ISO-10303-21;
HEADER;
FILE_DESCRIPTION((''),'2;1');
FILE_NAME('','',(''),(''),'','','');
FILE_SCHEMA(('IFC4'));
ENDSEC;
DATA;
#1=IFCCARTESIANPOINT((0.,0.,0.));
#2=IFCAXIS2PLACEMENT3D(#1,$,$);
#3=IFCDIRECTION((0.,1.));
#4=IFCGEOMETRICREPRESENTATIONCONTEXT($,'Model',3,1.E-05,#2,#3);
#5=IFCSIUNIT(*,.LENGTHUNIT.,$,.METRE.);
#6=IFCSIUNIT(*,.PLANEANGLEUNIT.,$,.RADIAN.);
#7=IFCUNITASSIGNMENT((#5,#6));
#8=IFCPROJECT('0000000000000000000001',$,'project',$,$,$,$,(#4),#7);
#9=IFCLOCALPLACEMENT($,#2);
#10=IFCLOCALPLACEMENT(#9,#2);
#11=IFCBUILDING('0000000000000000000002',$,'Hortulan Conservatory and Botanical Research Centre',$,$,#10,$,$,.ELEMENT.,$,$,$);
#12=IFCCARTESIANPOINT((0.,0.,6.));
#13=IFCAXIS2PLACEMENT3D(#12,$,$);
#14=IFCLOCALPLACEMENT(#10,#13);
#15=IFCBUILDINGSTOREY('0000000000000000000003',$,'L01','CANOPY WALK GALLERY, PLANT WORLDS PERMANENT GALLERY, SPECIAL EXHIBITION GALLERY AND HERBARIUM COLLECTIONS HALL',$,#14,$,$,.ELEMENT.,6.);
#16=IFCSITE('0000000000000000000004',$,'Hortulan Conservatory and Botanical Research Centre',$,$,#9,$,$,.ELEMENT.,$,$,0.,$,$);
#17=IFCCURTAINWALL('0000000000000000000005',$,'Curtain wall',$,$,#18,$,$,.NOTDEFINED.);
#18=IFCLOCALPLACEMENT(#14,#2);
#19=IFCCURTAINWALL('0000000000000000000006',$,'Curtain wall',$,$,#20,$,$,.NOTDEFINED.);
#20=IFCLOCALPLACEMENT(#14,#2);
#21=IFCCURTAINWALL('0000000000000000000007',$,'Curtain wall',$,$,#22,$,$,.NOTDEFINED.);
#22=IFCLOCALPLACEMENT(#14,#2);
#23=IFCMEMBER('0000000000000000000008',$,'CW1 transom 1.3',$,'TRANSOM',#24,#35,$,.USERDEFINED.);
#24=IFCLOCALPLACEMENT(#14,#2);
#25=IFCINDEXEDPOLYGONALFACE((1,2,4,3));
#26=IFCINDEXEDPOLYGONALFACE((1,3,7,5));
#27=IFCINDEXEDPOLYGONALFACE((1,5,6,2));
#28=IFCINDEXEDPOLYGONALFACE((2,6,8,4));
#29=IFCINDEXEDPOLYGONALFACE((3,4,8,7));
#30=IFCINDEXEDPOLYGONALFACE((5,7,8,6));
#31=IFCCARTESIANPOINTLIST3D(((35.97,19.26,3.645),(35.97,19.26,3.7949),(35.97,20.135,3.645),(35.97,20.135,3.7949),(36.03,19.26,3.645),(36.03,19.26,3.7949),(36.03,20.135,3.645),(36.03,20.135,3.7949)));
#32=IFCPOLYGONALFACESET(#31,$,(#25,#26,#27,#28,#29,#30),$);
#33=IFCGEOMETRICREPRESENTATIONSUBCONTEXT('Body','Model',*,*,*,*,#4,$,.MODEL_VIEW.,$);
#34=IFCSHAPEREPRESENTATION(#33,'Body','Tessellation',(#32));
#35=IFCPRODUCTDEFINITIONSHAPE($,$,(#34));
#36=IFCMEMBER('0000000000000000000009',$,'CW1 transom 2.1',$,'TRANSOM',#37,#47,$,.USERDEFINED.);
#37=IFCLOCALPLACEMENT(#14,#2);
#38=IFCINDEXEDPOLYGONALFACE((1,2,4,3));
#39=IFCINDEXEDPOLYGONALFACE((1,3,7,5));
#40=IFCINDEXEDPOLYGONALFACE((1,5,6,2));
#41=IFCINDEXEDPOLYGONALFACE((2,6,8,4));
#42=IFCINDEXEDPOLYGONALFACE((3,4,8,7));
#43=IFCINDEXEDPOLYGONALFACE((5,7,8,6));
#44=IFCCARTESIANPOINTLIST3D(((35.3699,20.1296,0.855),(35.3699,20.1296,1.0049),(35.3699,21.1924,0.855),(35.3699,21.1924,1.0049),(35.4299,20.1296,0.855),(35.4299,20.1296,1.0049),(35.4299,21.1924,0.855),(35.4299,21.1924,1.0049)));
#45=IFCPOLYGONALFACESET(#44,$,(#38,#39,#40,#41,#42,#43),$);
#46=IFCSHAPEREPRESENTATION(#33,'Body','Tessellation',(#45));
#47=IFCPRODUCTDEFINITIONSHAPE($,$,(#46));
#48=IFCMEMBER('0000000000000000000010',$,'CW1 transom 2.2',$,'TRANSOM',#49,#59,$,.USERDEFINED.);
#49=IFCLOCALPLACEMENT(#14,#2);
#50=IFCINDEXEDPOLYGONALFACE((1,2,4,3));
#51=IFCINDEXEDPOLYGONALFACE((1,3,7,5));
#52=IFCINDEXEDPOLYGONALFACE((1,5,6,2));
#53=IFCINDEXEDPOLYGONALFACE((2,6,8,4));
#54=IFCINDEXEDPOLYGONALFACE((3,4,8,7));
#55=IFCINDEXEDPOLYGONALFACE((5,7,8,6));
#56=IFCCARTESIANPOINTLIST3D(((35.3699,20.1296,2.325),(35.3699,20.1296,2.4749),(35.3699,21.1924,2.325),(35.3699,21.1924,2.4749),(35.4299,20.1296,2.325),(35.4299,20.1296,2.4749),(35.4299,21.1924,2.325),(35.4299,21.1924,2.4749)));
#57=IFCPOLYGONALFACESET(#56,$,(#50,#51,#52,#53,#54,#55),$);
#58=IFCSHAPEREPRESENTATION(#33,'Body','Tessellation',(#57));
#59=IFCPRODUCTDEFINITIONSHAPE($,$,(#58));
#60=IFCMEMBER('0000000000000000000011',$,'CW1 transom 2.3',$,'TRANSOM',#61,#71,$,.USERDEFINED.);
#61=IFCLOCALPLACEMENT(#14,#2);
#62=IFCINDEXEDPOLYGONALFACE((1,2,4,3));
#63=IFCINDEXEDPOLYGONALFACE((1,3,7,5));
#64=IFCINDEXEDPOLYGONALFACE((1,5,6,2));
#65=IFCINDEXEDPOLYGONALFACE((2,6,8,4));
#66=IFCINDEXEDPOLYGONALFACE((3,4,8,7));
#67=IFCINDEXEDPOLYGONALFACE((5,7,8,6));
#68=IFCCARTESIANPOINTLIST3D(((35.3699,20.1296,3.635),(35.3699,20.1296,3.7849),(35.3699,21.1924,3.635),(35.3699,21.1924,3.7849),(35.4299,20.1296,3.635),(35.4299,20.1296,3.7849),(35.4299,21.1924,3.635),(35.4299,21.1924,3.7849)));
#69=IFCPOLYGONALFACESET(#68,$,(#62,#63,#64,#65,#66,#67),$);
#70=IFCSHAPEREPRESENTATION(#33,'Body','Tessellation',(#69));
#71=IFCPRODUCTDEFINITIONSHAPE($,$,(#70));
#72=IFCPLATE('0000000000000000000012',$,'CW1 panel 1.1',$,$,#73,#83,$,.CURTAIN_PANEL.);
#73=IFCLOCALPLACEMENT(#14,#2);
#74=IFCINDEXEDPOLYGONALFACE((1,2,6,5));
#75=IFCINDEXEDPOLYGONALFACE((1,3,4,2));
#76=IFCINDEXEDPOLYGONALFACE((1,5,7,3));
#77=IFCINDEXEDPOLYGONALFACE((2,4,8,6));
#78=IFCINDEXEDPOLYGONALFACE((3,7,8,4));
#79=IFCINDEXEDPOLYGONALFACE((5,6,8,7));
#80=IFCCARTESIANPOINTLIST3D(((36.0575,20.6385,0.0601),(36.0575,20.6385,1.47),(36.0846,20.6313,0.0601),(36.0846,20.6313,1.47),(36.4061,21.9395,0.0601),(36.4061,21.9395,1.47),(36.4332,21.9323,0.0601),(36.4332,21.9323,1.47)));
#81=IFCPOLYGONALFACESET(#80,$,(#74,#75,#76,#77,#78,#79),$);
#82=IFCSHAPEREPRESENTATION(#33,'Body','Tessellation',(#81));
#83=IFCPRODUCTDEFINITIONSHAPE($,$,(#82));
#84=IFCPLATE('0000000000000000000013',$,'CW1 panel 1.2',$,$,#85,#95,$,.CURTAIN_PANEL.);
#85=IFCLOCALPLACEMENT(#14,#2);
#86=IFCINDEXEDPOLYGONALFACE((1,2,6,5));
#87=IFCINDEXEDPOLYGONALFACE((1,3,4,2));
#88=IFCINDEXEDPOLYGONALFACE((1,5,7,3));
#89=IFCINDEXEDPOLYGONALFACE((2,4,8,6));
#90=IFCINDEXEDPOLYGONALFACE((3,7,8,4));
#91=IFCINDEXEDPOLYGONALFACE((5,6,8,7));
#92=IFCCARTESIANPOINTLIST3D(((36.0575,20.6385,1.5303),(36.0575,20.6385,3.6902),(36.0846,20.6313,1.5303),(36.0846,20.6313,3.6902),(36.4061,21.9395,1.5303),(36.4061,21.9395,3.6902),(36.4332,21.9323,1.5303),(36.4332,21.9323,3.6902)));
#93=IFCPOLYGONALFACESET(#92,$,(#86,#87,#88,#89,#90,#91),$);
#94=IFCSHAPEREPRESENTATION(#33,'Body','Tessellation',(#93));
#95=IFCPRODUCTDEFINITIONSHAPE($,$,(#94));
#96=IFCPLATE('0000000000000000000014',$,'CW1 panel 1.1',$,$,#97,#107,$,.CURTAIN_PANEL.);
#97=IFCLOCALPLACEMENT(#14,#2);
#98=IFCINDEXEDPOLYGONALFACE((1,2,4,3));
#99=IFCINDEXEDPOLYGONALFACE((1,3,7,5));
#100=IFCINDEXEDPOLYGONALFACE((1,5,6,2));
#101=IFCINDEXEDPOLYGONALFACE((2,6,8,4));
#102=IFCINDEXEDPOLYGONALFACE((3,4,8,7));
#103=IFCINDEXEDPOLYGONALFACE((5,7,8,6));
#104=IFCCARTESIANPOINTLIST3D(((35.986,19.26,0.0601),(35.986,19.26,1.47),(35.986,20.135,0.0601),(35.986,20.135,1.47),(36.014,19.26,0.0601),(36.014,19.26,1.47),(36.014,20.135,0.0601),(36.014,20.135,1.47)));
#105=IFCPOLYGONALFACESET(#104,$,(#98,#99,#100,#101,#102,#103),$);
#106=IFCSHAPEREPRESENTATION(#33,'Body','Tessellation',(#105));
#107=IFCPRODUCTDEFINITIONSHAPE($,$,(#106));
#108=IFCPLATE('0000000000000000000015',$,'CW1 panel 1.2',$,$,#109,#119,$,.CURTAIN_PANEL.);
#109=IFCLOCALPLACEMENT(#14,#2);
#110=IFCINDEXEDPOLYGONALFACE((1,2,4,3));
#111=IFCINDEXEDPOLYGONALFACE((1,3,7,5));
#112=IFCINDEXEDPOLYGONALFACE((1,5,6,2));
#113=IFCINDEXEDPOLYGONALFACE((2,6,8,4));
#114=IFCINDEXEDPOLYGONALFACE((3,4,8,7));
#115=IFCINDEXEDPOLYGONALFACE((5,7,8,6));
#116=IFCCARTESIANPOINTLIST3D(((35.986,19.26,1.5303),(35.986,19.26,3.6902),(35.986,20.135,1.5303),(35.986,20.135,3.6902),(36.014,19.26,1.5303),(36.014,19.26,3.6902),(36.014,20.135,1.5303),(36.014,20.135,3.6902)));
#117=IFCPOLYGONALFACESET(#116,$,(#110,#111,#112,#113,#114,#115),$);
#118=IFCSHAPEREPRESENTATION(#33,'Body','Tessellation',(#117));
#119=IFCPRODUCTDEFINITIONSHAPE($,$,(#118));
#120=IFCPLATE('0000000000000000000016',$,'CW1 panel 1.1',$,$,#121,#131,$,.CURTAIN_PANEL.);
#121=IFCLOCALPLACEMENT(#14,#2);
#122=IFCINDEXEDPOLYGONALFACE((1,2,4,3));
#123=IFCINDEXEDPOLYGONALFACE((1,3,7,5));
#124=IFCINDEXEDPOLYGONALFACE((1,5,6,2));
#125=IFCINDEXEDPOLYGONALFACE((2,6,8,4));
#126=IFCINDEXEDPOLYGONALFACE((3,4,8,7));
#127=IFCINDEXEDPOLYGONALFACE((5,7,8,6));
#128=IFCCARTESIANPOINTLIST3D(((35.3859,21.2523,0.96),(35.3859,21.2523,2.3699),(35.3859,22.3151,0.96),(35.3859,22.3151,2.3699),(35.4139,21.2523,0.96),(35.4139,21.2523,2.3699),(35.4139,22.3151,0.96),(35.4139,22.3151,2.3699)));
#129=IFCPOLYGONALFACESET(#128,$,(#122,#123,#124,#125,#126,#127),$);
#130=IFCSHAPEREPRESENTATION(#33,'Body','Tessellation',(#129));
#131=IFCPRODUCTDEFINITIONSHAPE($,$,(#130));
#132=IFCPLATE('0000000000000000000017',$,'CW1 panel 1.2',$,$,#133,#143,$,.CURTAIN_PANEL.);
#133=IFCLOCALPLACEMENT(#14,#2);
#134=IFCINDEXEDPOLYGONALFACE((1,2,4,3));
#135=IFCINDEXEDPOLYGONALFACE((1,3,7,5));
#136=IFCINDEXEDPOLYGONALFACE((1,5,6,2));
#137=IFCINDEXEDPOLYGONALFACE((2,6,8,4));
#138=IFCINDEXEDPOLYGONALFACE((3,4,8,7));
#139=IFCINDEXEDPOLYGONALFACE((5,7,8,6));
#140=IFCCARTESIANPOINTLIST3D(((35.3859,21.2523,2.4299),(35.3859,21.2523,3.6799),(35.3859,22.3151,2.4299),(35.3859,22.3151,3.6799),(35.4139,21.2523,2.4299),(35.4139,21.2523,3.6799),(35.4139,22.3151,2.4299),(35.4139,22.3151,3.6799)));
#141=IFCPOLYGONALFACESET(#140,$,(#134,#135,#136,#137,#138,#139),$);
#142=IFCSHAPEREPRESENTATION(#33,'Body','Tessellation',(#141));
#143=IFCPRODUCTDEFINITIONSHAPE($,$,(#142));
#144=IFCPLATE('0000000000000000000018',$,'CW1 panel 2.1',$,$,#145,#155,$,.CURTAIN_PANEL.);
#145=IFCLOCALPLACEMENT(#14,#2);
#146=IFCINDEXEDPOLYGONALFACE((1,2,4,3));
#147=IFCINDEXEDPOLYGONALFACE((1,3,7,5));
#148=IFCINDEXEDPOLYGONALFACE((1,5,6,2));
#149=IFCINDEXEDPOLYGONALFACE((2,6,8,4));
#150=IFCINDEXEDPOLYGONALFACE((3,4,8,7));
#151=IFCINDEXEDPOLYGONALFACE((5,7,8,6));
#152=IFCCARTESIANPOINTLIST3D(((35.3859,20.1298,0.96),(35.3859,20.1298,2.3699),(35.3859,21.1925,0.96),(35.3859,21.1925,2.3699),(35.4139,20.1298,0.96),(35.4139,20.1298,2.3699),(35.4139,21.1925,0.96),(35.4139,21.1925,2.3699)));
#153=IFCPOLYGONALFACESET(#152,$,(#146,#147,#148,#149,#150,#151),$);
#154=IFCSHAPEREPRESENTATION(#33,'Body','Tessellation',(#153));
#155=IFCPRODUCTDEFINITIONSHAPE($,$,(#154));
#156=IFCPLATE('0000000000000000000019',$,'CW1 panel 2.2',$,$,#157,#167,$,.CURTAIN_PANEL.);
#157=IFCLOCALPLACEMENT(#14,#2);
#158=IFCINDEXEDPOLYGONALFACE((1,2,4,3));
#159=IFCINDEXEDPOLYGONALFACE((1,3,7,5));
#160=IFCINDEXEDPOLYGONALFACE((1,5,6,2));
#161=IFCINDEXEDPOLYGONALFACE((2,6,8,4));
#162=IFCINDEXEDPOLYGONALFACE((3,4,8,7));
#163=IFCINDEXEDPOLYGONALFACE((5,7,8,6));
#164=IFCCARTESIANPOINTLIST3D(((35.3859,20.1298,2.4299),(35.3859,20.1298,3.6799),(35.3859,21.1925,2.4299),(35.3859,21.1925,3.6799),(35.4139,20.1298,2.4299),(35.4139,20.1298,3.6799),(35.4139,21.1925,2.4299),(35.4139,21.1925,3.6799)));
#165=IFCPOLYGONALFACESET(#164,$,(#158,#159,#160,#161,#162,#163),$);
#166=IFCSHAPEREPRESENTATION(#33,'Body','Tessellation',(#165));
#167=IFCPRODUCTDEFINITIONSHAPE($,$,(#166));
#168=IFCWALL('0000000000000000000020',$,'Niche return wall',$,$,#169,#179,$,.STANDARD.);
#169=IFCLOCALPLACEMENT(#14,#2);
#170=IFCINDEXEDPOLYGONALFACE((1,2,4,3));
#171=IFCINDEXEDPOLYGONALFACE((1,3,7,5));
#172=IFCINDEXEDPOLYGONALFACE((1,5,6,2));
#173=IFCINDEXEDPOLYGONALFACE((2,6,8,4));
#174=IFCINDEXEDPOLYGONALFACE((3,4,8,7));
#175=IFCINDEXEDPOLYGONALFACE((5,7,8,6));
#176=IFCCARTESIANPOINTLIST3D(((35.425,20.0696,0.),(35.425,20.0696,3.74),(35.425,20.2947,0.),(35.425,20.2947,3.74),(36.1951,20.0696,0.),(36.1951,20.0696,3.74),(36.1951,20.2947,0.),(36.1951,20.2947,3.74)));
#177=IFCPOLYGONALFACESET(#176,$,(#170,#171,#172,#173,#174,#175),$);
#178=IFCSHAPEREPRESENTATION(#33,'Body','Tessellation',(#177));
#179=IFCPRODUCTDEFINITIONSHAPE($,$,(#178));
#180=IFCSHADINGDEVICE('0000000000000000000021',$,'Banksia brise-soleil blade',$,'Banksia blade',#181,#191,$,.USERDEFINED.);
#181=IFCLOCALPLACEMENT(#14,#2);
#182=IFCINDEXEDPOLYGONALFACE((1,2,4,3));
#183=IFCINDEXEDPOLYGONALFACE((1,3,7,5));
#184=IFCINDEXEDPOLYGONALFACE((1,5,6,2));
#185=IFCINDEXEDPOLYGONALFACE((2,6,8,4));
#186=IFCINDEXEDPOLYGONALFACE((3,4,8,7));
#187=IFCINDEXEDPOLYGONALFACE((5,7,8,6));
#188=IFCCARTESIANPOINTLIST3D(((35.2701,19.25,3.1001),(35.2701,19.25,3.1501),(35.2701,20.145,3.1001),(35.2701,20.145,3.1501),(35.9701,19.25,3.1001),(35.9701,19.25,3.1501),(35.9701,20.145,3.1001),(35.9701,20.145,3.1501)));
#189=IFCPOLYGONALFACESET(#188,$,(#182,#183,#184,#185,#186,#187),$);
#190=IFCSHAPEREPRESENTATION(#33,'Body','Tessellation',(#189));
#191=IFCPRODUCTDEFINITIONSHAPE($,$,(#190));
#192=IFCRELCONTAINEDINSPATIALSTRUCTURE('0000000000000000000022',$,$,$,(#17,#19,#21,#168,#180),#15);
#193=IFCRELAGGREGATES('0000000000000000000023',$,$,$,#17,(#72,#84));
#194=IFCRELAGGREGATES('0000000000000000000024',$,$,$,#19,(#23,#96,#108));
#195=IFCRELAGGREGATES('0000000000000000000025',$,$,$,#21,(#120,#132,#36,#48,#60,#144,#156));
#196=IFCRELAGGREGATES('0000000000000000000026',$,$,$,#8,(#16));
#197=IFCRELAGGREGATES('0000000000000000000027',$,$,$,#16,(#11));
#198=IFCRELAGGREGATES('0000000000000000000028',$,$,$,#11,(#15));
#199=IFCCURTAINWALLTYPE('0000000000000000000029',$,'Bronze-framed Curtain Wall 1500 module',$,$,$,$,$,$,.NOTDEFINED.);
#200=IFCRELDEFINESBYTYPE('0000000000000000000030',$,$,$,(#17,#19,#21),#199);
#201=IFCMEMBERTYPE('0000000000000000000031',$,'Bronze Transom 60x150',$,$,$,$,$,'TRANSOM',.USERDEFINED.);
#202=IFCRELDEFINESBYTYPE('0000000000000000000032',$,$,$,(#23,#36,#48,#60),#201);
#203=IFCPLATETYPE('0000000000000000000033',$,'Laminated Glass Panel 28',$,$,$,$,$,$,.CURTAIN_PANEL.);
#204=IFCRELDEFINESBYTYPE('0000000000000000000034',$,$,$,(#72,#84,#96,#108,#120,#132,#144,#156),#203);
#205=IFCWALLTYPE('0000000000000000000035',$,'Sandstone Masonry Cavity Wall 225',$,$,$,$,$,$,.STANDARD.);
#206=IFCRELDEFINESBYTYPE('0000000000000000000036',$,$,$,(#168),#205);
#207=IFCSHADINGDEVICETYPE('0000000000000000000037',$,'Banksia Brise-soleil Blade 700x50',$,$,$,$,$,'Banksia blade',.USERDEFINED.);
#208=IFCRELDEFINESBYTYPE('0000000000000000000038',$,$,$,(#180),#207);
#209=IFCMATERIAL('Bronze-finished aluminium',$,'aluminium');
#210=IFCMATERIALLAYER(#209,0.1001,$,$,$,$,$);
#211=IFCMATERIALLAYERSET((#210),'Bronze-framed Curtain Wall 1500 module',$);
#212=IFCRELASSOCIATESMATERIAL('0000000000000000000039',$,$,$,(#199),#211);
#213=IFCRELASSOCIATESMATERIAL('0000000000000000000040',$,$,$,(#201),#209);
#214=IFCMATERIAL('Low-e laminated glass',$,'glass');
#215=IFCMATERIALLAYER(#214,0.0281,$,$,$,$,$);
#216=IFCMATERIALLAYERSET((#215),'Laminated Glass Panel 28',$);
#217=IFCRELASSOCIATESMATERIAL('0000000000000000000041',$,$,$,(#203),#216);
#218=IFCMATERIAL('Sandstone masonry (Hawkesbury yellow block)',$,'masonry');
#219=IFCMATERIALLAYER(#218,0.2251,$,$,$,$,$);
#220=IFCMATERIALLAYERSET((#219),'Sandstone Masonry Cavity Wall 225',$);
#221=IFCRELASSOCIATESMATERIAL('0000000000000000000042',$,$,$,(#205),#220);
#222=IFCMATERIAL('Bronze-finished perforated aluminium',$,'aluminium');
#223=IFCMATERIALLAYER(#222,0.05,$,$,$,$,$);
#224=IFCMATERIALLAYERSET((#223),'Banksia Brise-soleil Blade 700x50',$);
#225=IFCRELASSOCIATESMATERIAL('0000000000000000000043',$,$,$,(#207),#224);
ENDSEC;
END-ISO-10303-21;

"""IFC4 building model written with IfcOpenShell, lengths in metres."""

from ifc_helpers import new_model, si_unit, direction, frame, frame_2d, origin, origin_2d, place, context, subcontext, project, spatial, rectangle, extrude, material, layer, layer_set, material_profile, profile_set, type_object, element, aggregate, save


model = new_model("IFC4")

# Units and contexts
model_context = context("Model", 3, precision=1e-05, world=origin(), true_north=direction((0.0, 1.0)))
body_context = subcontext(model_context, "Body", "Model", "MODEL_VIEW")
ifc_project = project(units=[si_unit("LENGTHUNIT", "METRE"), si_unit("PLANEANGLEUNIT", "RADIAN")], contexts=[model_context])

# Site, building, storey
site_placement = place(None, origin())
site = spatial("IfcSite", under=ifc_project, at=site_placement, Name="Hortulan Conservatory and Botanical Research Centre", CompositionType="ELEMENT", RefElevation=0.0)
building_placement = place(site_placement, origin())
building = spatial("IfcBuilding", under=site, at=building_placement, Name="Hortulan Conservatory and Botanical Research Centre", CompositionType="ELEMENT")
storey_placement = place(building_placement, frame((0.0, 0.0, 6.0)))
storey = spatial("IfcBuildingStorey", under=building, at=storey_placement, Name="L01", Description="CANOPY WALK GALLERY, PLANT WORLDS PERMANENT GALLERY, SPECIAL EXHIBITION GALLERY AND HERBARIUM COLLECTIONS HALL", CompositionType="ELEMENT", Elevation=6.0)

# Curtain wall
ifc_material_1 = material(Name="Bronze-finished aluminium", Category="aluminium")
ifc_layer_1 = layer(ifc_material_1, 0.1001)
ifc_layer_set_1 = layer_set([ifc_layer_1], Name="Bronze-framed Curtain Wall 1500 module")
curtain_wall_type = type_object("IfcCurtainWallType", Name="Bronze-framed Curtain Wall 1500 module", PredefinedType="NOTDEFINED", material=ifc_layer_set_1)
curtain_wall_1_placement = place(storey_placement, origin())
curtain_wall_1 = element("IfcCurtainWall", 1, at=curtain_wall_1_placement, inside=storey, type_object=curtain_wall_type, Name="Curtain wall", PredefinedType="NOTDEFINED")

# Curtain wall
curtain_wall_2_placement = place(storey_placement, origin())
curtain_wall_2 = element("IfcCurtainWall", 2, at=curtain_wall_2_placement, inside=storey, type_object=curtain_wall_type, Name="Curtain wall", PredefinedType="NOTDEFINED")

# Curtain wall
curtain_wall_3_placement = place(storey_placement, origin())
curtain_wall_3 = element("IfcCurtainWall", 3, at=curtain_wall_3_placement, inside=storey, type_object=curtain_wall_type, Name="Curtain wall", PredefinedType="NOTDEFINED")

# Members
ifc_material_profile_1 = material_profile(ifc_material_1, rectangle(XDim=0.0601, YDim=0.1499, at=origin_2d()), Name="Bronze Transom 60x150")
ifc_profile_set_1 = profile_set([ifc_material_profile_1], Name="Bronze-finished aluminium")
member_type_1 = type_object("IfcMemberType", Name="Bronze Transom 60x150", ElementType="TRANSOM", PredefinedType="USERDEFINED", material=ifc_profile_set_1)
member_1_placement = place(storey_placement, frame((36.0, 19.26, 3.72), z_axis=(0.0, 1.0, 0.0), x_axis=(-1.0, 0.0, 0.0)))
member_1 = element("IfcMember", 4, at=member_1_placement, type_object=member_type_1, Name="CW1 transom 1.3", ObjectType="TRANSOM", PredefinedType="USERDEFINED", context=body_context, shape_type="SweptSolid", body=[
    extrude(rectangle(XDim=0.0601, YDim=0.1499, at=origin_2d()), origin(), (0.0, 0.0, 1.0), 0.875),
])
member_2_placement = place(storey_placement, frame((35.3999, 21.1924, 0.9299), z_axis=(0.0, -1.0, 0.0), x_axis=(1.0, 0.0, 0.0)))
member_2 = element("IfcMember", 5, at=member_2_placement, type_object=member_type_1, Name="CW1 transom 2.1", ObjectType="TRANSOM", PredefinedType="USERDEFINED", context=body_context, shape_type="SweptSolid", body=[
    extrude(rectangle(XDim=0.0601, YDim=0.1499, at=origin_2d()), origin(), (0.0, 0.0, 1.0), 1.0627),
])
member_3_placement = place(storey_placement, frame((35.3999, 21.1924, 2.3999), z_axis=(0.0, -1.0, 0.0), x_axis=(1.0, 0.0, 0.0)))
member_3 = element("IfcMember", 6, at=member_3_placement, type_object=member_type_1, Name="CW1 transom 2.2", ObjectType="TRANSOM", PredefinedType="USERDEFINED", context=body_context, shape_type="SweptSolid", body=[
    extrude(rectangle(XDim=0.0601, YDim=0.1499, at=origin_2d()), origin(), (0.0, 0.0, 1.0), 1.0627),
])
member_4_placement = place(storey_placement, frame((35.3999, 21.1924, 3.71), z_axis=(0.0, -1.0, 0.0), x_axis=(1.0, 0.0, 0.0)))
member_4 = element("IfcMember", 7, at=member_4_placement, type_object=member_type_1, Name="CW1 transom 2.3", ObjectType="TRANSOM", PredefinedType="USERDEFINED", context=body_context, shape_type="SweptSolid", body=[
    extrude(rectangle(XDim=0.0601, YDim=0.1499, at=origin_2d()), origin(), (0.0, 0.0, 1.0), 1.0627),
])

# Plates
ifc_material_2 = material(Name="Low-e laminated glass", Category="glass")
ifc_layer_2 = layer(ifc_material_2, 0.0281)
ifc_layer_set_2 = layer_set([ifc_layer_2], Name="Laminated Glass Panel 28")
plate_type = type_object("IfcPlateType", Name="Laminated Glass Panel 28", PredefinedType="CURTAIN_PANEL", material=ifc_layer_set_2)
plate_1_placement = place(storey_placement, frame((36.2454, 21.2854, 0.0601), z_axis=(0.0, 0.0, 1.0), x_axis=(0.258832, 0.965922, 0.0)))
plate_1 = element("IfcPlate", 8, at=plate_1_placement, type_object=plate_type, Name="CW1 panel 1.1", PredefinedType="CURTAIN_PANEL", context=body_context, shape_type="SweptSolid", body=[
    extrude(rectangle(XDim=1.3469, YDim=0.0281, at=origin_2d()), origin(), (0.0, 0.0, 1.0), 1.4099),
])
plate_2_placement = place(storey_placement, frame((36.2454, 21.2854, 1.5303), z_axis=(0.0, 0.0, 1.0), x_axis=(0.258832, 0.965922, 0.0)))
plate_2 = element("IfcPlate", 9, at=plate_2_placement, type_object=plate_type, Name="CW1 panel 1.2", PredefinedType="CURTAIN_PANEL", context=body_context, shape_type="SweptSolid", body=[
    extrude(rectangle(XDim=1.3469, YDim=0.0281, at=origin_2d()), origin(), (0.0, 0.0, 1.0), 2.1599),
])
aggregate(curtain_wall_1, [plate_1, plate_2])
plate_3_placement = place(storey_placement, frame((36.0, 19.6975, 0.0601), z_axis=(0.0, 0.0, 1.0), x_axis=(0.0, 1.0, 0.0)))
plate_3 = element("IfcPlate", 10, at=plate_3_placement, type_object=plate_type, Name="CW1 panel 1.1", PredefinedType="CURTAIN_PANEL", context=body_context, shape_type="SweptSolid", body=[
    extrude(rectangle(XDim=0.875, YDim=0.0281, at=origin_2d()), origin(), (0.0, 0.0, 1.0), 1.4099),
])
plate_4_placement = place(storey_placement, frame((36.0, 19.6975, 1.5303), z_axis=(0.0, 0.0, 1.0), x_axis=(0.0, 1.0, 0.0)))
plate_4 = element("IfcPlate", 11, at=plate_4_placement, type_object=plate_type, Name="CW1 panel 1.2", PredefinedType="CURTAIN_PANEL", context=body_context, shape_type="SweptSolid", body=[
    extrude(rectangle(XDim=0.875, YDim=0.0281, at=origin_2d()), origin(), (0.0, 0.0, 1.0), 2.1599),
])
aggregate(curtain_wall_2, [member_1, plate_3, plate_4])
plate_5_placement = place(storey_placement, frame((35.3999, 21.7837, 0.96), z_axis=(0.0, 0.0, 1.0), x_axis=(0.0, -1.0, 0.0)))
plate_5 = element("IfcPlate", 12, at=plate_5_placement, type_object=plate_type, Name="CW1 panel 1.1", PredefinedType="CURTAIN_PANEL", context=body_context, shape_type="SweptSolid", body=[
    extrude(rectangle(XDim=1.0627, YDim=0.0281, at=origin_2d()), origin(), (0.0, 0.0, 1.0), 1.4099),
])
plate_6_placement = place(storey_placement, frame((35.3999, 21.7837, 2.4299), z_axis=(0.0, 0.0, 1.0), x_axis=(0.0, -1.0, 0.0)))
plate_6 = element("IfcPlate", 13, at=plate_6_placement, type_object=plate_type, Name="CW1 panel 1.2", PredefinedType="CURTAIN_PANEL", context=body_context, shape_type="SweptSolid", body=[
    extrude(rectangle(XDim=1.0627, YDim=0.0281, at=origin_2d()), origin(), (0.0, 0.0, 1.0), 1.25),
])
plate_7_placement = place(storey_placement, frame((35.3999, 20.6611, 0.96), z_axis=(0.0, 0.0, 1.0), x_axis=(0.0, -1.0, 0.0)))
plate_7 = element("IfcPlate", 14, at=plate_7_placement, type_object=plate_type, Name="CW1 panel 2.1", PredefinedType="CURTAIN_PANEL", context=body_context, shape_type="SweptSolid", body=[
    extrude(rectangle(XDim=1.0627, YDim=0.0281, at=origin_2d()), origin(), (0.0, 0.0, 1.0), 1.4099),
])
plate_8_placement = place(storey_placement, frame((35.3999, 20.6611, 2.4299), z_axis=(0.0, 0.0, 1.0), x_axis=(0.0, -1.0, 0.0)))
plate_8 = element("IfcPlate", 15, at=plate_8_placement, type_object=plate_type, Name="CW1 panel 2.2", PredefinedType="CURTAIN_PANEL", context=body_context, shape_type="SweptSolid", body=[
    extrude(rectangle(XDim=1.0627, YDim=0.0281, at=origin_2d()), origin(), (0.0, 0.0, 1.0), 1.25),
])
aggregate(curtain_wall_3, [plate_5, plate_6, member_2, member_3, member_4, plate_7, plate_8])

# Wall
ifc_material_3 = material(Name="Sandstone masonry (Hawkesbury yellow block)", Category="masonry")
ifc_layer_3 = layer(ifc_material_3, 0.2251)
ifc_layer_set_3 = layer_set([ifc_layer_3], Name="Sandstone Masonry Cavity Wall 225")
wall_type = type_object("IfcWallType", Name="Sandstone Masonry Cavity Wall 225", PredefinedType="STANDARD", material=ifc_layer_set_3)
wall_placement = place(storey_placement, frame((35.425, 20.1821, 0.0), z_axis=(0.0, 0.0, 1.0), x_axis=(1.0, 0.0, 0.0)))
element("IfcWall", 16, at=wall_placement, inside=storey, type_object=wall_type, Name="Niche return wall", PredefinedType="STANDARD", context=body_context, shape_type="SweptSolid", body=[
    extrude(rectangle(XDim=0.77, YDim=0.2251, at=frame_2d((0.385, 0.0))), origin(), (0.0, 0.0, 1.0), 3.74),
])

# Shading device
ifc_material_4 = material(Name="Bronze-finished perforated aluminium", Category="aluminium")
ifc_layer_4 = layer(ifc_material_4, 0.05)
ifc_layer_set_4 = layer_set([ifc_layer_4], Name="Banksia Brise-soleil Blade 700x50")
shading_device_type = type_object("IfcShadingDeviceType", Name="Banksia Brise-soleil Blade 700x50", ElementType="Banksia blade", PredefinedType="USERDEFINED", material=ifc_layer_set_4)
shading_device_placement = place(storey_placement, frame((35.6201, 19.6975, 3.1001), z_axis=(0.0, 0.0, 1.0), x_axis=(0.0, 1.0, 0.0)))
element("IfcShadingDevice", 17, at=shading_device_placement, inside=storey, type_object=shading_device_type, Name="Banksia brise-soleil blade", ObjectType="Banksia blade", PredefinedType="USERDEFINED", context=body_context, shape_type="SweptSolid", body=[
    extrude(rectangle(XDim=0.895, YDim=0.7, at=origin_2d()), origin(), (0.0, 0.0, 1.0), 0.05),
])

save(model, "model.ifc")
